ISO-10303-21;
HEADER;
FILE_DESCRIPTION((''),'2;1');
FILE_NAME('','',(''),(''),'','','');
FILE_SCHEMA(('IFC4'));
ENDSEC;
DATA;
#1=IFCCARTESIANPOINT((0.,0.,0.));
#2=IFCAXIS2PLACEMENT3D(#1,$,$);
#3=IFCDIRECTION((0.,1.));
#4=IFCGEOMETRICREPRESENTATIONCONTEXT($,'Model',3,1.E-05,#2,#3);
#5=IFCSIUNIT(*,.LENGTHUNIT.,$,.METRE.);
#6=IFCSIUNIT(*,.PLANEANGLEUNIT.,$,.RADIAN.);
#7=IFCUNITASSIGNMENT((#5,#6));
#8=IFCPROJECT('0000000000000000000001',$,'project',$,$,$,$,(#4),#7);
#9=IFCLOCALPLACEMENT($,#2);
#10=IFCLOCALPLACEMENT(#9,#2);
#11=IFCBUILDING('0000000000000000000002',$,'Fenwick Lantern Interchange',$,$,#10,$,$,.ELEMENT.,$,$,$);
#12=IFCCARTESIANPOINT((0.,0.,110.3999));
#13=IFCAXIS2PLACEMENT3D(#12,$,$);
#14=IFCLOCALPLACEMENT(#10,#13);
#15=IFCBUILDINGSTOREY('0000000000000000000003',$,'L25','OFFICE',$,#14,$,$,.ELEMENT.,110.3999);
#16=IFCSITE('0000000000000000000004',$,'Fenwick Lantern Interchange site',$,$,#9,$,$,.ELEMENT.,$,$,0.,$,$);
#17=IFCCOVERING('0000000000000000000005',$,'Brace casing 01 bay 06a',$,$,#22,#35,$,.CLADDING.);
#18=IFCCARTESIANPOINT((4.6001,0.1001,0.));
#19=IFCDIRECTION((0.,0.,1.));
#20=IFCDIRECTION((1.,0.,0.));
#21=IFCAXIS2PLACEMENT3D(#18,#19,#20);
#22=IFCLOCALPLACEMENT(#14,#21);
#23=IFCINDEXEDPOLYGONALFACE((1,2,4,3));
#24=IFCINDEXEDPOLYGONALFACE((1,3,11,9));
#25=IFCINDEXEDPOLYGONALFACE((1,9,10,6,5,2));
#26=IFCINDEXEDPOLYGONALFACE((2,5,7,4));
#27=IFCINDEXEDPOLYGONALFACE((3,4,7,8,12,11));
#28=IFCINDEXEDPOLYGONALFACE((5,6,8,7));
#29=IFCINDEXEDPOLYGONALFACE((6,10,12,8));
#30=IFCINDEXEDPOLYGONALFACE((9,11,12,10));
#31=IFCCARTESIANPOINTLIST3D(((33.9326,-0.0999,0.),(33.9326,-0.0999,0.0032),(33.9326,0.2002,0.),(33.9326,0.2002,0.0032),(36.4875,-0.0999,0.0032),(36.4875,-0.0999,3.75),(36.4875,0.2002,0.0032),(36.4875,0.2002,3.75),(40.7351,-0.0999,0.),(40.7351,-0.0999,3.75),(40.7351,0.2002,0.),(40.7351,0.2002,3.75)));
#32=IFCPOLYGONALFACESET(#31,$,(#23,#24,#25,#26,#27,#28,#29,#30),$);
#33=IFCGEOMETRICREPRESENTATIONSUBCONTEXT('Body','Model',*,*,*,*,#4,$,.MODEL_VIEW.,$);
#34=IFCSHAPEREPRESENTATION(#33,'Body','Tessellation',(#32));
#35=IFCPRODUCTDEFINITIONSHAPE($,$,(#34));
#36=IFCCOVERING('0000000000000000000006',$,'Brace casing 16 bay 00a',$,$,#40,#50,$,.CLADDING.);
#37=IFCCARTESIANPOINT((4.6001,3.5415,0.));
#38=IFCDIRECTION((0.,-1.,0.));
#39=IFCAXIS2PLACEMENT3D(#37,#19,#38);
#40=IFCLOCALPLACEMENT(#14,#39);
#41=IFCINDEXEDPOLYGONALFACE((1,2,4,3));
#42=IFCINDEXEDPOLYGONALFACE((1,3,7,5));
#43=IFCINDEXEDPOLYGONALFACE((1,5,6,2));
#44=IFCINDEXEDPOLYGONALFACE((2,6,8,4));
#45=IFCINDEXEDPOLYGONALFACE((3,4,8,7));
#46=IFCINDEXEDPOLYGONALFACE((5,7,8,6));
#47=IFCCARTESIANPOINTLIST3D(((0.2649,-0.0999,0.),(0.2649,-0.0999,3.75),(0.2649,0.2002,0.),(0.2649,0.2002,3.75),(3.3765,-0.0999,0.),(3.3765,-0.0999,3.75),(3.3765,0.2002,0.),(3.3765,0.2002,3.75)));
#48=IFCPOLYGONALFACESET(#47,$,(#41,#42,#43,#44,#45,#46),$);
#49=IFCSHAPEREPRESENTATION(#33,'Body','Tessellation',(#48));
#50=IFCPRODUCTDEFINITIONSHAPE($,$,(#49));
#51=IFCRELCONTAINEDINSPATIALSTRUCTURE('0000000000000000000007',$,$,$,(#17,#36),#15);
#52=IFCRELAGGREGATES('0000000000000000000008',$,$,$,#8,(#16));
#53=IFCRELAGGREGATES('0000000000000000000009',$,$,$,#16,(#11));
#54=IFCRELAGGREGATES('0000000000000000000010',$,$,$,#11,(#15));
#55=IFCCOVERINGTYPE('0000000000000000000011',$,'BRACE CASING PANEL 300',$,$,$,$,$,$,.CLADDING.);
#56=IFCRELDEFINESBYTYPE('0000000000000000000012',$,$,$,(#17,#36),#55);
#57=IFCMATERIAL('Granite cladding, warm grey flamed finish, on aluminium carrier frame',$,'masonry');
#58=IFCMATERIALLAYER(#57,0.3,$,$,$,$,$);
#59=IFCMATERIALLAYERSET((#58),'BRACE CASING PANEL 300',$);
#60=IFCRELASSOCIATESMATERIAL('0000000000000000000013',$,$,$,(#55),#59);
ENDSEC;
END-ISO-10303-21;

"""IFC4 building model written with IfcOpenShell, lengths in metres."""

from ifc_helpers import new_model, si_unit, direction, frame, origin, place, context, subcontext, project, spatial, polyline, outline, extrude, material, layer, layer_set, type_object, element, save


model = new_model("IFC4")

# Units and contexts
model_context = context("Model", 3, precision=1e-05, world=origin(), true_north=direction((0.0, 1.0)))
body_context = subcontext(model_context, "Body", "Model", "MODEL_VIEW")
ifc_project = project(units=[si_unit("LENGTHUNIT", "METRE"), si_unit("PLANEANGLEUNIT", "RADIAN")], contexts=[model_context])

# Site, building, storey
site_placement = place(None, origin())
site = spatial("IfcSite", under=ifc_project, at=site_placement, Name="Fenwick Lantern Interchange site", CompositionType="ELEMENT", RefElevation=0.0)
building_placement = place(site_placement, origin())
building = spatial("IfcBuilding", under=site, at=building_placement, Name="Fenwick Lantern Interchange", CompositionType="ELEMENT")
storey_placement = place(building_placement, frame((0.0, 0.0, 110.3999)))
storey = spatial("IfcBuildingStorey", under=building, at=storey_placement, Name="L25", Description="OFFICE", CompositionType="ELEMENT", Elevation=110.3999)

# Coverings
ifc_material_1 = material(Name="Granite cladding, warm grey flamed finish, on aluminium carrier frame", Category="masonry")
ifc_layer_1 = layer(ifc_material_1, 0.3)
ifc_layer_set_1 = layer_set([ifc_layer_1], Name="BRACE CASING PANEL 300")
covering_type = type_object("IfcCoveringType", Name="BRACE CASING PANEL 300", PredefinedType="CLADDING", material=ifc_layer_set_1)
covering_1_placement = place(storey_placement, frame((4.6001, 0.1001, 0.0), z_axis=(0.0, 0.0, 1.0), x_axis=(1.0, 0.0, 0.0)))
element("IfcCovering", 1, at=covering_1_placement, inside=storey, type_object=covering_type, Name="Brace casing 01 bay 06a", PredefinedType="CLADDING", context=body_context, shape_type="SweptSolid", body=[
    extrude(outline(polyline([(33.9326, 0.0), (40.7351, 0.0), (40.7351, 3.75), (36.4875, 3.75), (36.4875, 0.0032), (33.9326, 0.0032), (33.9326, 0.0)])), frame((0.0, 0.2002, 0.0), z_axis=(0.0, -1.0, 0.0), x_axis=(1.0, 0.0, 0.0)), (0.0, 0.0, 1.0), 0.3),
])
covering_2_placement = place(storey_placement, frame((4.6001, 3.5415, 0.0), z_axis=(0.0, 0.0, 1.0), x_axis=(0.0, -1.0, 0.0)))
element("IfcCovering", 2, at=covering_2_placement, inside=storey, type_object=covering_type, Name="Brace casing 16 bay 00a", PredefinedType="CLADDING", context=body_context, shape_type="SweptSolid", body=[
    extrude(outline(polyline([(0.2649, 0.0), (3.3765, 0.0), (3.3765, 3.75), (0.2649, 3.75), (0.2649, 0.0)])), frame((0.0, 0.2002, 0.0), z_axis=(0.0, -1.0, 0.0), x_axis=(1.0, 0.0, 0.0)), (0.0, 0.0, 1.0), 0.3),
])

save(model, "model.ifc")
